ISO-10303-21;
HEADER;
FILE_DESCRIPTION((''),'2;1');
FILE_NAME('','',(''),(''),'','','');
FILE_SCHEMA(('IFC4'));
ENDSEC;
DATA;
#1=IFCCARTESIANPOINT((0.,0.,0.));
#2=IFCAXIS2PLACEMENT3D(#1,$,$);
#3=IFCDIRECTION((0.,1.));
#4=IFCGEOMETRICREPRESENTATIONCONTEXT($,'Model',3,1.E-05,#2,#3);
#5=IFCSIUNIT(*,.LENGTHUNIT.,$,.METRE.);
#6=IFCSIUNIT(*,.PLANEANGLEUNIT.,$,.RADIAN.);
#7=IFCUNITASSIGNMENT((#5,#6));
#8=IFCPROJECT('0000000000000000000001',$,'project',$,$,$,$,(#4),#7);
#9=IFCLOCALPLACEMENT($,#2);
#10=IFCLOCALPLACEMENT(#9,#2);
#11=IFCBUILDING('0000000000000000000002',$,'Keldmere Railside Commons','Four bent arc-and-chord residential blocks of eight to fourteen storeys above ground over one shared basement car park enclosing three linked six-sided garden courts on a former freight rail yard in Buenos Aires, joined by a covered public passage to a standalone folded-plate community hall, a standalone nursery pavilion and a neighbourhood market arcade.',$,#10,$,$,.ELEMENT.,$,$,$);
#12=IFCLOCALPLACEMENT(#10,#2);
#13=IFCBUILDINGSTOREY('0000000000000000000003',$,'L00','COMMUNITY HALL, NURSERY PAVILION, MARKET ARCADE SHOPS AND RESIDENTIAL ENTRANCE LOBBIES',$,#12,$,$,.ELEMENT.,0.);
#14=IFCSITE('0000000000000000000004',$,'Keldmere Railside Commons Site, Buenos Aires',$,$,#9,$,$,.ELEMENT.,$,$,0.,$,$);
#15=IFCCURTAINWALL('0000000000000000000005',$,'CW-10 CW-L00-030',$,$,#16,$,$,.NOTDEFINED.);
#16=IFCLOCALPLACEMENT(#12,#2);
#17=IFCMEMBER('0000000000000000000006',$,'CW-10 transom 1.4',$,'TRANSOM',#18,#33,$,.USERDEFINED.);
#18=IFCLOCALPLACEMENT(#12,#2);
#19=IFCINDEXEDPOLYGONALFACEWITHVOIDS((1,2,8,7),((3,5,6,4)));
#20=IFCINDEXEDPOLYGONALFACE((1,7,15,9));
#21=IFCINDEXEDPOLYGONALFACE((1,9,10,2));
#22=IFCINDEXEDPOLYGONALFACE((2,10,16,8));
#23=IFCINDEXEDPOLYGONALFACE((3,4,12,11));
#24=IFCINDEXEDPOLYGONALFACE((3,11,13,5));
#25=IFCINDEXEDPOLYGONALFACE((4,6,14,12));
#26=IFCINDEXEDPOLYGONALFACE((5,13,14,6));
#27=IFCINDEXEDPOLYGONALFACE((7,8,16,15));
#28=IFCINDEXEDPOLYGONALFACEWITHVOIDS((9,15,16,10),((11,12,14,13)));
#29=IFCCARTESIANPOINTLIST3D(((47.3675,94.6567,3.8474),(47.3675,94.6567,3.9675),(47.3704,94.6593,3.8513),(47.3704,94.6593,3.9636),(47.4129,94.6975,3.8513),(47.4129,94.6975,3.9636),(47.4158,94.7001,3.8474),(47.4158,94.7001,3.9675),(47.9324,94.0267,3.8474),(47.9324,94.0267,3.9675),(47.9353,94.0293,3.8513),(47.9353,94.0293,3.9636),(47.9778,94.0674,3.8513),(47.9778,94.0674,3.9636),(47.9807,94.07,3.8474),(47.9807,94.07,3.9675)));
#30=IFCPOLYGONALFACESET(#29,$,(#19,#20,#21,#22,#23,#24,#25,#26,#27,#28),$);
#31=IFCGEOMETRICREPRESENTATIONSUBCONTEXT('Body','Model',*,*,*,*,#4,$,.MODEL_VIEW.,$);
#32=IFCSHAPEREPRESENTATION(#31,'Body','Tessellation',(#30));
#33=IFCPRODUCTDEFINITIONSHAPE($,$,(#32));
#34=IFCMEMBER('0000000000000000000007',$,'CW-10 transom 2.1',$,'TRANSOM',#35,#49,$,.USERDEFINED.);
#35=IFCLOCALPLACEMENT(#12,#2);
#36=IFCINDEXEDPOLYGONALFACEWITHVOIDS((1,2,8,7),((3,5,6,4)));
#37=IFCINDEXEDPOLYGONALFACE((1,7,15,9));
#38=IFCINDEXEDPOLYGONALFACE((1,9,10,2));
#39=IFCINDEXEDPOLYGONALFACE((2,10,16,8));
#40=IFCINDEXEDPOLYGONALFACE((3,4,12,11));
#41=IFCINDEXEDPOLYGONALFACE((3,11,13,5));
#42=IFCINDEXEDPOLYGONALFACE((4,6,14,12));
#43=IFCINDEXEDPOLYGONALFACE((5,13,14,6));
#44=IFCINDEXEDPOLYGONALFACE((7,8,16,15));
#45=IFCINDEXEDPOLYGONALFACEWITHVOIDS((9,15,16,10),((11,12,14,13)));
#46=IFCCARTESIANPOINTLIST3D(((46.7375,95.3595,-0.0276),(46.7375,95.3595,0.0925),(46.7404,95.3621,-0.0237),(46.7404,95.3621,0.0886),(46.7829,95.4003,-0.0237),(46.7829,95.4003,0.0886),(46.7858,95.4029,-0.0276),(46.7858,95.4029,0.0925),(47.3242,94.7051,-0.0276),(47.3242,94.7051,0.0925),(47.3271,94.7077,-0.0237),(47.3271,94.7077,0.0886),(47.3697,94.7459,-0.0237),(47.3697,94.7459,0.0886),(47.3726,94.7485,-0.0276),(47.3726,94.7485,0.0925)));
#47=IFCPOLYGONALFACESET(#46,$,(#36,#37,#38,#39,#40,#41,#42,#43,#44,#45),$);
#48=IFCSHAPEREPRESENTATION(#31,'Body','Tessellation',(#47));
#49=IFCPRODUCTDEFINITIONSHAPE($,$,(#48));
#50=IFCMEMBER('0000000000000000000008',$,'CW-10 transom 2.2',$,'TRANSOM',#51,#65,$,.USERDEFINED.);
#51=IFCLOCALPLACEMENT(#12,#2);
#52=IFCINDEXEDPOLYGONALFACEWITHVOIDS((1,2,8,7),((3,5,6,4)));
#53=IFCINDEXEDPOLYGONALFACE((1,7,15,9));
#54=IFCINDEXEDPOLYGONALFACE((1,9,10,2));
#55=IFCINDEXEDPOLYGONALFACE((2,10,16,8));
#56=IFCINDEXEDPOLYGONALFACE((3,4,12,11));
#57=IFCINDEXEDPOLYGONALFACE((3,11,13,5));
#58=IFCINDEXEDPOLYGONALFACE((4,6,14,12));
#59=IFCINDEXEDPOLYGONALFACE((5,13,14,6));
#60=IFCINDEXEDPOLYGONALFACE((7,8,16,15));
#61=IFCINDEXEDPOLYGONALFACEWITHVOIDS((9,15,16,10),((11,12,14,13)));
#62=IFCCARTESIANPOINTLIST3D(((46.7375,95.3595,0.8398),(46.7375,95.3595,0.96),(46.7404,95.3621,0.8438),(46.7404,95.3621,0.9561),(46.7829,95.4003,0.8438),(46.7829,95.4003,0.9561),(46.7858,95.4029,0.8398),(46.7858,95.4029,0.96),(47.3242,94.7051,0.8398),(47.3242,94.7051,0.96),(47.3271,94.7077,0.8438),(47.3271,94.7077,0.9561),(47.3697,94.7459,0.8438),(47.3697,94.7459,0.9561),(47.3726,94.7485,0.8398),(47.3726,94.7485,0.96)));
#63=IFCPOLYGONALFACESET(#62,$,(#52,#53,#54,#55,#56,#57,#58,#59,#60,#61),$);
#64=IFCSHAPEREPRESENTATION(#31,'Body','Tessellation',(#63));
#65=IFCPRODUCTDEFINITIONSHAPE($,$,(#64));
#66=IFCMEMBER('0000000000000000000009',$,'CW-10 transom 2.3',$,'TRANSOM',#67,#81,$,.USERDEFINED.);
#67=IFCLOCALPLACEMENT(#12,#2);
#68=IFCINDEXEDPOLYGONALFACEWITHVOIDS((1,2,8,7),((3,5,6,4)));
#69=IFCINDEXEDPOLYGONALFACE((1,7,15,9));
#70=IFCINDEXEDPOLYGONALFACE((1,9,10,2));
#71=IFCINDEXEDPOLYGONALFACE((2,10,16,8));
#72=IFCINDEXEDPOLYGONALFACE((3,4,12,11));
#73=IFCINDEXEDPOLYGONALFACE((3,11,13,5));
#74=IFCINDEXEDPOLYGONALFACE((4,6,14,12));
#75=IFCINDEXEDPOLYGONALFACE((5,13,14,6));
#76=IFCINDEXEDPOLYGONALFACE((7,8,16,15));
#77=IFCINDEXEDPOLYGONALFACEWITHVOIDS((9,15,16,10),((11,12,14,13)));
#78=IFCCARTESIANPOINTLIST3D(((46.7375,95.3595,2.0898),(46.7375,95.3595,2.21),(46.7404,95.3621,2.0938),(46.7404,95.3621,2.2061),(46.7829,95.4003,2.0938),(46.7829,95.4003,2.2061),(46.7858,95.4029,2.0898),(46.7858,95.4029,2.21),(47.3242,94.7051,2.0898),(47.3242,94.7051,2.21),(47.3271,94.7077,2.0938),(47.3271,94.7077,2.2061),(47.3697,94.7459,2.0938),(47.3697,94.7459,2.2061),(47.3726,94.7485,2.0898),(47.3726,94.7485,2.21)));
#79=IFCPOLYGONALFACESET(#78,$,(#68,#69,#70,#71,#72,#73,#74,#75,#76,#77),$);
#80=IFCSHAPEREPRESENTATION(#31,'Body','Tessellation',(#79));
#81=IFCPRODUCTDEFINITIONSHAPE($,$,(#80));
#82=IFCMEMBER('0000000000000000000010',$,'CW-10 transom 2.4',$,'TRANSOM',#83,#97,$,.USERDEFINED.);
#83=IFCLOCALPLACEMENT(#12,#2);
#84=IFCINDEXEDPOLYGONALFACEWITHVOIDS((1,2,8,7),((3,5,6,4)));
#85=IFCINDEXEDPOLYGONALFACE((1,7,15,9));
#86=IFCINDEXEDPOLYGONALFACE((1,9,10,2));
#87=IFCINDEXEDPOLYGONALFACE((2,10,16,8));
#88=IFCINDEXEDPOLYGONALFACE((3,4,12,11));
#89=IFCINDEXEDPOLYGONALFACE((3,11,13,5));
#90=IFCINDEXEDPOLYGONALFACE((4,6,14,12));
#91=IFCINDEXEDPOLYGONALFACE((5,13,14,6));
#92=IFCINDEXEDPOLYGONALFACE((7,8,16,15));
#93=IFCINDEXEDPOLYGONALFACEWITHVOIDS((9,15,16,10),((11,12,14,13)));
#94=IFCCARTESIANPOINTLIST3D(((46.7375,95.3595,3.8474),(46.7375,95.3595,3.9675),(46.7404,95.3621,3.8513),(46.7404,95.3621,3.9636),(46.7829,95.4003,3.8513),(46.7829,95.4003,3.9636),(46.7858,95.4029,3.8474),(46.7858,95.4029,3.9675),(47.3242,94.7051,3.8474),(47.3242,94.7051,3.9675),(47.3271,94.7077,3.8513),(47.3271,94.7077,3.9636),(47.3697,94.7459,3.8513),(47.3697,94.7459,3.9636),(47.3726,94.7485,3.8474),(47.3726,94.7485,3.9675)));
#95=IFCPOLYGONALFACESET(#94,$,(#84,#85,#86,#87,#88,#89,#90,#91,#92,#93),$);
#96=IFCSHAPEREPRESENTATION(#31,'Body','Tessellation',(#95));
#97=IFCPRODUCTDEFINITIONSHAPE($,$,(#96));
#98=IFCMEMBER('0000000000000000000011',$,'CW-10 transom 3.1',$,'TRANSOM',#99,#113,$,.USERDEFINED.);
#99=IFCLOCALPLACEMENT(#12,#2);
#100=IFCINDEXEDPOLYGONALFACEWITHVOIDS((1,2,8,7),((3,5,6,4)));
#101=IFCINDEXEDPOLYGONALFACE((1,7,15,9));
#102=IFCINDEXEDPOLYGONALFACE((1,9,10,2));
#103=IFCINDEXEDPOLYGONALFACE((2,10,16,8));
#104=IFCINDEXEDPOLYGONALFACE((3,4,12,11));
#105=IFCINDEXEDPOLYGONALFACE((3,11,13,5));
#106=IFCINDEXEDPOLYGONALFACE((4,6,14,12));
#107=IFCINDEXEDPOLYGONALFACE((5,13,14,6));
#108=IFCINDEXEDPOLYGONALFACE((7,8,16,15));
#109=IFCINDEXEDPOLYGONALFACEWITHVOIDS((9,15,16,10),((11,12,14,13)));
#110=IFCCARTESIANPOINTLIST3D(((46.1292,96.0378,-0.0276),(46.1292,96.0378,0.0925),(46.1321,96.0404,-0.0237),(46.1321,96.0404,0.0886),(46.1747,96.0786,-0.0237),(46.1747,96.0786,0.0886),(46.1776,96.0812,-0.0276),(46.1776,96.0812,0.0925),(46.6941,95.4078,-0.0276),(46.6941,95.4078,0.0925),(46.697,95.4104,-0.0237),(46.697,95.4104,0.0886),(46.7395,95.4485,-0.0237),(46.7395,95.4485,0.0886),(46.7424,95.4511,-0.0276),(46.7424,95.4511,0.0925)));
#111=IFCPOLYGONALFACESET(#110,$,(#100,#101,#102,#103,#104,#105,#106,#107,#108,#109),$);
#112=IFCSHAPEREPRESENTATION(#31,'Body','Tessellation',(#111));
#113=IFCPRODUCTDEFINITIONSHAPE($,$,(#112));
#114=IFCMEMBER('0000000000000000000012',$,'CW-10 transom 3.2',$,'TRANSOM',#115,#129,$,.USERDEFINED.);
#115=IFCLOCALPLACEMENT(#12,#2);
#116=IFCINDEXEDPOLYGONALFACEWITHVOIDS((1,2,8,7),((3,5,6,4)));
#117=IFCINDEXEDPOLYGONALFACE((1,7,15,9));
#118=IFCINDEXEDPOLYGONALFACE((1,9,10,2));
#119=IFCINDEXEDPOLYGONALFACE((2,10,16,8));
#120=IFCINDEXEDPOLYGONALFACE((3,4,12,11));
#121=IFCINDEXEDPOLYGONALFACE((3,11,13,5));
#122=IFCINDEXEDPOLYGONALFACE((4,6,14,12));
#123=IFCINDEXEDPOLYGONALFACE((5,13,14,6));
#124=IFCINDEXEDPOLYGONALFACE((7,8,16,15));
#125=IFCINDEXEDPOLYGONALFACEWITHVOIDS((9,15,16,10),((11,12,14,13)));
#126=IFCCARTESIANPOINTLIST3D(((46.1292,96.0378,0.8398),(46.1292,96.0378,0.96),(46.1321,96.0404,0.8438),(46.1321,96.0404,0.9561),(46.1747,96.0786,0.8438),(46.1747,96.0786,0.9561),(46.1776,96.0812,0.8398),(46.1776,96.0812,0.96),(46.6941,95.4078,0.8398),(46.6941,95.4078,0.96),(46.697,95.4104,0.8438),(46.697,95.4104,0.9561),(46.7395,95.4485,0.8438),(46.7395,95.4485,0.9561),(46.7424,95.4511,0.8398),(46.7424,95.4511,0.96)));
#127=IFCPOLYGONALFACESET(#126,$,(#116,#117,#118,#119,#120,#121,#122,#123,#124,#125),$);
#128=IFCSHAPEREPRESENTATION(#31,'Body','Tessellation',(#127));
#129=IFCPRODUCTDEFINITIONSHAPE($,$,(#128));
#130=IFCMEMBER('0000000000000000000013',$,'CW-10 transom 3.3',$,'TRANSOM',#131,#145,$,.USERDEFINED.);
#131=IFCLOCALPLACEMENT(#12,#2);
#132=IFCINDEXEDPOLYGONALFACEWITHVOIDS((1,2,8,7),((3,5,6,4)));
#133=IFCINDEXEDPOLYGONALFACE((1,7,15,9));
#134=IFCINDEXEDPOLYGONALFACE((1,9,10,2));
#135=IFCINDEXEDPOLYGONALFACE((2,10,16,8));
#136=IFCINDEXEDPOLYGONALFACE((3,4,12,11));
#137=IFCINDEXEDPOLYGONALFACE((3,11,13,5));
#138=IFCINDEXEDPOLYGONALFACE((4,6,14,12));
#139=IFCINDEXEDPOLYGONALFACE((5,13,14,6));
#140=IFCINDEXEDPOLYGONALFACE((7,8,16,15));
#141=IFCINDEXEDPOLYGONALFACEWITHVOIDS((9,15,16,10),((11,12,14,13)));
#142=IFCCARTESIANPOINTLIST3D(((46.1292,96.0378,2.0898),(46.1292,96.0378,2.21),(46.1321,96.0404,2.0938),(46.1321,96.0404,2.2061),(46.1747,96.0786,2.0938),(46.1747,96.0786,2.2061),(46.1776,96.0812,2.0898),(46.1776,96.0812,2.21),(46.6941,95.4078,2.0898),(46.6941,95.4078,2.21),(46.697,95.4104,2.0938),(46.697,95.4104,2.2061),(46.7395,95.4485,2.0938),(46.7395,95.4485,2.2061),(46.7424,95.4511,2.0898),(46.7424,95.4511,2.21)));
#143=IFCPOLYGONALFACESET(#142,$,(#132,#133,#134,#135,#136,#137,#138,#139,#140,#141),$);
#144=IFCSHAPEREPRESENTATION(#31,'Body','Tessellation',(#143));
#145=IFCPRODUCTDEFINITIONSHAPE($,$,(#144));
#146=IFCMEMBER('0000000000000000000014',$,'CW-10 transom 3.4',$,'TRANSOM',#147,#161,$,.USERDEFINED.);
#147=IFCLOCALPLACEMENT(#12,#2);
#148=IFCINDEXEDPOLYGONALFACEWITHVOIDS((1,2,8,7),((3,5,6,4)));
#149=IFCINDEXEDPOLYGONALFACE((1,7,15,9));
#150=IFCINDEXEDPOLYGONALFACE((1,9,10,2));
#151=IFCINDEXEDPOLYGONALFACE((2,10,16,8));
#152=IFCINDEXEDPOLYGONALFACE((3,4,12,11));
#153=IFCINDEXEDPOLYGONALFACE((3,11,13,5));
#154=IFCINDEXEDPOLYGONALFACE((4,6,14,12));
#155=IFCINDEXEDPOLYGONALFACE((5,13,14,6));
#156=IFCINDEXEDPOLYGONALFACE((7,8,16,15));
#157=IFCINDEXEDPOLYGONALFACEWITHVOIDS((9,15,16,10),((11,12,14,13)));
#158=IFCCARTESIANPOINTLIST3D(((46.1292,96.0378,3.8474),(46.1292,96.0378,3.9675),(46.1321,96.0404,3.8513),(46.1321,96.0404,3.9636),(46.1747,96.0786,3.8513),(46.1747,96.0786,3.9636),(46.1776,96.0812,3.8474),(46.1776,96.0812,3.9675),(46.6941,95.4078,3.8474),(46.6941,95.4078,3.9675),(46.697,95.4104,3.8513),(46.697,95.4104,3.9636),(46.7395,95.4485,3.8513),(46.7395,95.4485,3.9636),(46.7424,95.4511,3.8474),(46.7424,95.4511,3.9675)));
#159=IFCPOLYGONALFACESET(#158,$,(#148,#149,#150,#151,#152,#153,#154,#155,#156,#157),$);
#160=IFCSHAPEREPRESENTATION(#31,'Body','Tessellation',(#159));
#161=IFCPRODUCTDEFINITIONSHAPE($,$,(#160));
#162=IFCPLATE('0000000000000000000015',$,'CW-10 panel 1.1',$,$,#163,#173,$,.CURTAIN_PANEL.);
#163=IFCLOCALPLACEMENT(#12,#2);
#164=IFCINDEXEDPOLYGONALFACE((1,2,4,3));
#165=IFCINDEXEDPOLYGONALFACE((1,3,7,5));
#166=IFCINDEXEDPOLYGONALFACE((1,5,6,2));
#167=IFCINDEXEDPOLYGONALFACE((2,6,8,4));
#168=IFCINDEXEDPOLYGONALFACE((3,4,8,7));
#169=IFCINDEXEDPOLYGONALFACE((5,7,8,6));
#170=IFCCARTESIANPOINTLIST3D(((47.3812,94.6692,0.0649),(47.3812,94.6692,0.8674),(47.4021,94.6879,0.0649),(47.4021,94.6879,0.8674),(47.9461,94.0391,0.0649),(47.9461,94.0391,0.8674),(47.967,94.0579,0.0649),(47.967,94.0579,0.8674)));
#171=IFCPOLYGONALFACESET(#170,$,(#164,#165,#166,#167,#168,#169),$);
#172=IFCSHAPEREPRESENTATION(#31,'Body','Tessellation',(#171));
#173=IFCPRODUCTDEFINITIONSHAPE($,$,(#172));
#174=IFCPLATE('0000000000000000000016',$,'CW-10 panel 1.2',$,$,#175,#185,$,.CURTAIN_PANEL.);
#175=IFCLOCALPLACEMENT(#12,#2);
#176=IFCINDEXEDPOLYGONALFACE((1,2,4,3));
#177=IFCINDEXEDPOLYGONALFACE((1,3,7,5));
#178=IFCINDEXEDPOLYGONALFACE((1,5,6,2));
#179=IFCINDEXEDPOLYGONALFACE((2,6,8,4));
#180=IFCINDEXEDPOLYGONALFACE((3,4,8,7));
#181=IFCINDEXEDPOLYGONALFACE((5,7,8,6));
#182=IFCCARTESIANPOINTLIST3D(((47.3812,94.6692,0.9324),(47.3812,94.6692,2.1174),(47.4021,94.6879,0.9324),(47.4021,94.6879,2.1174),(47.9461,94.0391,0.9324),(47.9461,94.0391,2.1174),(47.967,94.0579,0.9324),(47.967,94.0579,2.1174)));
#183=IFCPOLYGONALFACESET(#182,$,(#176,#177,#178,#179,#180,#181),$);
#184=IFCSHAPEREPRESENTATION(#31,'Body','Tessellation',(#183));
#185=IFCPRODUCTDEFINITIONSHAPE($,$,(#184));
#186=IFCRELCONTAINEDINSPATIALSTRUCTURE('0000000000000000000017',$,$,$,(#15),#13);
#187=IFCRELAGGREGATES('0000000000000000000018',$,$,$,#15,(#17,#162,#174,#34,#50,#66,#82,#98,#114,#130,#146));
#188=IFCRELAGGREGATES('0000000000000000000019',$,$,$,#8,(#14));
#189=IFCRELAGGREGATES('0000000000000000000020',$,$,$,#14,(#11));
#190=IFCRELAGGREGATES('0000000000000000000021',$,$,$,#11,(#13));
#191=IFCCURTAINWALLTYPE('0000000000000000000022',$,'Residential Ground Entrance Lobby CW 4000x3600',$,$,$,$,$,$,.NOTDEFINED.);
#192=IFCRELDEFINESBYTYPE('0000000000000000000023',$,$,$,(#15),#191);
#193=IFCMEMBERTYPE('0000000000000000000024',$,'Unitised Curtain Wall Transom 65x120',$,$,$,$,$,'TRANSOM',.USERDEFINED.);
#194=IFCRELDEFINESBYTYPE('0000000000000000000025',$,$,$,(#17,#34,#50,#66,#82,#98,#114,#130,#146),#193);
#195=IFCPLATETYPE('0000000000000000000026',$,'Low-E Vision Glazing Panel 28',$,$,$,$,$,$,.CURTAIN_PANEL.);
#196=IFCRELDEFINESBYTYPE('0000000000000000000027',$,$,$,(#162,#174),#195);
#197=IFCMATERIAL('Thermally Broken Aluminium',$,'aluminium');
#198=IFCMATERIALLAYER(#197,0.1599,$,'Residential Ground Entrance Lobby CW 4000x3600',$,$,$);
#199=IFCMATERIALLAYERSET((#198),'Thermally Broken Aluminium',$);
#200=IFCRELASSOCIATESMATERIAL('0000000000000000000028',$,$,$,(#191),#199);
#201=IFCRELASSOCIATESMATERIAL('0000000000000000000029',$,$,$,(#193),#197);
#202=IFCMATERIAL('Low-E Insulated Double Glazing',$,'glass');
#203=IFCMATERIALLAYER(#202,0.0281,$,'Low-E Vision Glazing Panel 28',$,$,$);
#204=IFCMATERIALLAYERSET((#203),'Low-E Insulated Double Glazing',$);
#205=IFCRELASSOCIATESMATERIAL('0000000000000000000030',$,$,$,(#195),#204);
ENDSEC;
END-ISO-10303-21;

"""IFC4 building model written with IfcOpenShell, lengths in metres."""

from ifc_helpers import new_model, si_unit, direction, frame, origin, origin_2d, place, context, subcontext, project, spatial, rectangle, hollow_rectangle, extrude, material, layer, layer_set, material_profile, profile_set, type_object, element, aggregate, save


model = new_model("IFC4")

# Units and contexts
model_context = context("Model", 3, precision=1e-05, world=origin(), true_north=direction((0.0, 1.0)))
body_context = subcontext(model_context, "Body", "Model", "MODEL_VIEW")
ifc_project = project(units=[si_unit("LENGTHUNIT", "METRE"), si_unit("PLANEANGLEUNIT", "RADIAN")], contexts=[model_context])

# Site, building, storey
site_placement = place(None, origin())
site = spatial("IfcSite", under=ifc_project, at=site_placement, Name="Keldmere Railside Commons Site, Buenos Aires", CompositionType="ELEMENT", RefElevation=0.0)
building_placement = place(site_placement, origin())
building = spatial("IfcBuilding", under=site, at=building_placement, Name="Keldmere Railside Commons", Description="Four bent arc-and-chord residential blocks of eight to fourteen storeys above ground over one shared basement car park enclosing three linked six-sided garden courts on a former freight rail yard in Buenos Aires, joined by a covered public passage to a standalone folded-plate community hall, a standalone nursery pavilion and a neighbourhood market arcade.", CompositionType="ELEMENT")
storey_placement = place(building_placement, origin())
storey = spatial("IfcBuildingStorey", under=building, at=storey_placement, Name="L00", Description="COMMUNITY HALL, NURSERY PAVILION, MARKET ARCADE SHOPS AND RESIDENTIAL ENTRANCE LOBBIES", CompositionType="ELEMENT", Elevation=0.0)

# Shared definitions
ifc_material_1 = material(Name="Thermally Broken Aluminium", Category="aluminium")

# Curtain wall, members, plates
ifc_layer_1 = layer(ifc_material_1, 0.1599, Name="Residential Ground Entrance Lobby CW 4000x3600")
ifc_layer_set_1 = layer_set([ifc_layer_1], Name="Thermally Broken Aluminium")
curtain_wall_type_1 = type_object("IfcCurtainWallType", Name="Residential Ground Entrance Lobby CW 4000x3600", PredefinedType="NOTDEFINED", material=ifc_layer_set_1)
curtain_wall_1_placement = place(storey_placement, origin())
curtain_wall_1 = element("IfcCurtainWall", 1, at=curtain_wall_1_placement, inside=storey, type_object=curtain_wall_type_1, Name="CW-10 CW-L00-030", PredefinedType="NOTDEFINED")
ifc_material_profile_1 = material_profile(ifc_material_1, hollow_rectangle(XDim=0.0649, YDim=0.1201, WallThickness=0.0039, at=origin_2d()), Name="ALU-TRAN-65x120")
ifc_profile_set_1 = profile_set([ifc_material_profile_1], Name="Thermally Broken Aluminium")
member_type_1 = type_object("IfcMemberType", Name="Unitised Curtain Wall Transom 65x120", ElementType="TRANSOM", PredefinedType="USERDEFINED", material=ifc_profile_set_1)
member_1_placement = place(storey_placement, frame((47.9565, 94.0483, 3.9075), z_axis=(-0.667545, 0.744569, 0.0), x_axis=(-0.744569, -0.667545, 0.0)))
member_1 = element("IfcMember", 2, at=member_1_placement, type_object=member_type_1, Name="CW-10 transom 1.4", ObjectType="TRANSOM", PredefinedType="USERDEFINED", context=body_context, shape_type="SweptSolid", body=[
    extrude(hollow_rectangle(XDim=0.0649, YDim=0.1201, WallThickness=0.0039, at=origin_2d()), origin(), (0.0, 0.0, 1.0), 0.8462),
])
member_2_placement = place(storey_placement, frame((47.3484, 94.7268, 0.0325), z_axis=(-0.667582, 0.744536, 0.0), x_axis=(-0.744536, -0.667582, 0.0)))
member_2 = element("IfcMember", 3, at=member_2_placement, type_object=member_type_1, Name="CW-10 transom 2.1", ObjectType="TRANSOM", PredefinedType="USERDEFINED", context=body_context, shape_type="SweptSolid", body=[
    extrude(hollow_rectangle(XDim=0.0649, YDim=0.1201, WallThickness=0.0039, at=origin_2d()), origin(), (0.0, 0.0, 1.0), 0.8789),
])
member_3_placement = place(storey_placement, frame((47.3484, 94.7268, 0.8999), z_axis=(-0.667582, 0.744536, 0.0), x_axis=(-0.744536, -0.667582, 0.0)))
member_3 = element("IfcMember", 4, at=member_3_placement, type_object=member_type_1, Name="CW-10 transom 2.2", ObjectType="TRANSOM", PredefinedType="USERDEFINED", context=body_context, shape_type="SweptSolid", body=[
    extrude(hollow_rectangle(XDim=0.0649, YDim=0.1201, WallThickness=0.0039, at=origin_2d()), origin(), (0.0, 0.0, 1.0), 0.8789),
])
member_4_placement = place(storey_placement, frame((47.3484, 94.7268, 2.1499), z_axis=(-0.667582, 0.744536, 0.0), x_axis=(-0.744536, -0.667582, 0.0)))
member_4 = element("IfcMember", 5, at=member_4_placement, type_object=member_type_1, Name="CW-10 transom 2.3", ObjectType="TRANSOM", PredefinedType="USERDEFINED", context=body_context, shape_type="SweptSolid", body=[
    extrude(hollow_rectangle(XDim=0.0649, YDim=0.1201, WallThickness=0.0039, at=origin_2d()), origin(), (0.0, 0.0, 1.0), 0.8789),
])
member_5_placement = place(storey_placement, frame((47.3484, 94.7268, 3.9075), z_axis=(-0.667582, 0.744536, 0.0), x_axis=(-0.744536, -0.667582, 0.0)))
member_5 = element("IfcMember", 6, at=member_5_placement, type_object=member_type_1, Name="CW-10 transom 2.4", ObjectType="TRANSOM", PredefinedType="USERDEFINED", context=body_context, shape_type="SweptSolid", body=[
    extrude(hollow_rectangle(XDim=0.0649, YDim=0.1201, WallThickness=0.0039, at=origin_2d()), origin(), (0.0, 0.0, 1.0), 0.8789),
])
member_6_placement = place(storey_placement, frame((46.7183, 95.4294, 0.0325), z_axis=(-0.667545, 0.744569, 0.0), x_axis=(-0.744569, -0.667545, 0.0)))
member_6 = element("IfcMember", 7, at=member_6_placement, type_object=member_type_1, Name="CW-10 transom 3.1", ObjectType="TRANSOM", PredefinedType="USERDEFINED", context=body_context, shape_type="SweptSolid", body=[
    extrude(hollow_rectangle(XDim=0.0649, YDim=0.1201, WallThickness=0.0039, at=origin_2d()), origin(), (0.0, 0.0, 1.0), 0.8462),
])
member_7_placement = place(storey_placement, frame((46.7183, 95.4294, 0.8999), z_axis=(-0.667545, 0.744569, 0.0), x_axis=(-0.744569, -0.667545, 0.0)))
member_7 = element("IfcMember", 8, at=member_7_placement, type_object=member_type_1, Name="CW-10 transom 3.2", ObjectType="TRANSOM", PredefinedType="USERDEFINED", context=body_context, shape_type="SweptSolid", body=[
    extrude(hollow_rectangle(XDim=0.0649, YDim=0.1201, WallThickness=0.0039, at=origin_2d()), origin(), (0.0, 0.0, 1.0), 0.8462),
])
member_8_placement = place(storey_placement, frame((46.7183, 95.4294, 2.1499), z_axis=(-0.667545, 0.744569, 0.0), x_axis=(-0.744569, -0.667545, 0.0)))
member_8 = element("IfcMember", 9, at=member_8_placement, type_object=member_type_1, Name="CW-10 transom 3.3", ObjectType="TRANSOM", PredefinedType="USERDEFINED", context=body_context, shape_type="SweptSolid", body=[
    extrude(hollow_rectangle(XDim=0.0649, YDim=0.1201, WallThickness=0.0039, at=origin_2d()), origin(), (0.0, 0.0, 1.0), 0.8462),
])
member_9_placement = place(storey_placement, frame((46.7183, 95.4294, 3.9075), z_axis=(-0.667545, 0.744569, 0.0), x_axis=(-0.744569, -0.667545, 0.0)))
member_9 = element("IfcMember", 10, at=member_9_placement, type_object=member_type_1, Name="CW-10 transom 3.4", ObjectType="TRANSOM", PredefinedType="USERDEFINED", context=body_context, shape_type="SweptSolid", body=[
    extrude(hollow_rectangle(XDim=0.0649, YDim=0.1201, WallThickness=0.0039, at=origin_2d()), origin(), (0.0, 0.0, 1.0), 0.8462),
])
ifc_material_2 = material(Name="Low-E Insulated Double Glazing", Category="glass")
ifc_layer_2 = layer(ifc_material_2, 0.0281, Name="Low-E Vision Glazing Panel 28")
ifc_layer_set_2 = layer_set([ifc_layer_2], Name="Low-E Insulated Double Glazing")
plate_type = type_object("IfcPlateType", Name="Low-E Vision Glazing Panel 28", PredefinedType="CURTAIN_PANEL", material=ifc_layer_set_2)
plate_1_placement = place(storey_placement, frame((47.6741, 94.3635, 0.0649), z_axis=(0.0, 0.0, 1.0), x_axis=(-0.667559, 0.744557, 0.0)))
plate_1 = element("IfcPlate", 11, at=plate_1_placement, type_object=plate_type, Name="CW-10 panel 1.1", PredefinedType="CURTAIN_PANEL", context=body_context, shape_type="SweptSolid", body=[
    extrude(rectangle(XDim=0.8462, YDim=0.0281, at=origin_2d()), origin(), (0.0, 0.0, 1.0), 0.8025),
])
plate_2_placement = place(storey_placement, frame((47.6741, 94.3635, 0.9324), z_axis=(0.0, 0.0, 1.0), x_axis=(-0.667559, 0.744557, 0.0)))
plate_2 = element("IfcPlate", 12, at=plate_2_placement, type_object=plate_type, Name="CW-10 panel 1.2", PredefinedType="CURTAIN_PANEL", context=body_context, shape_type="SweptSolid", body=[
    extrude(rectangle(XDim=0.8462, YDim=0.0281, at=origin_2d()), origin(), (0.0, 0.0, 1.0), 1.1851),
])
aggregate(curtain_wall_1, [member_1, plate_1, plate_2, member_2, member_3, member_4, member_5, member_6, member_7, member_8, member_9])

save(model, "model.ifc")
